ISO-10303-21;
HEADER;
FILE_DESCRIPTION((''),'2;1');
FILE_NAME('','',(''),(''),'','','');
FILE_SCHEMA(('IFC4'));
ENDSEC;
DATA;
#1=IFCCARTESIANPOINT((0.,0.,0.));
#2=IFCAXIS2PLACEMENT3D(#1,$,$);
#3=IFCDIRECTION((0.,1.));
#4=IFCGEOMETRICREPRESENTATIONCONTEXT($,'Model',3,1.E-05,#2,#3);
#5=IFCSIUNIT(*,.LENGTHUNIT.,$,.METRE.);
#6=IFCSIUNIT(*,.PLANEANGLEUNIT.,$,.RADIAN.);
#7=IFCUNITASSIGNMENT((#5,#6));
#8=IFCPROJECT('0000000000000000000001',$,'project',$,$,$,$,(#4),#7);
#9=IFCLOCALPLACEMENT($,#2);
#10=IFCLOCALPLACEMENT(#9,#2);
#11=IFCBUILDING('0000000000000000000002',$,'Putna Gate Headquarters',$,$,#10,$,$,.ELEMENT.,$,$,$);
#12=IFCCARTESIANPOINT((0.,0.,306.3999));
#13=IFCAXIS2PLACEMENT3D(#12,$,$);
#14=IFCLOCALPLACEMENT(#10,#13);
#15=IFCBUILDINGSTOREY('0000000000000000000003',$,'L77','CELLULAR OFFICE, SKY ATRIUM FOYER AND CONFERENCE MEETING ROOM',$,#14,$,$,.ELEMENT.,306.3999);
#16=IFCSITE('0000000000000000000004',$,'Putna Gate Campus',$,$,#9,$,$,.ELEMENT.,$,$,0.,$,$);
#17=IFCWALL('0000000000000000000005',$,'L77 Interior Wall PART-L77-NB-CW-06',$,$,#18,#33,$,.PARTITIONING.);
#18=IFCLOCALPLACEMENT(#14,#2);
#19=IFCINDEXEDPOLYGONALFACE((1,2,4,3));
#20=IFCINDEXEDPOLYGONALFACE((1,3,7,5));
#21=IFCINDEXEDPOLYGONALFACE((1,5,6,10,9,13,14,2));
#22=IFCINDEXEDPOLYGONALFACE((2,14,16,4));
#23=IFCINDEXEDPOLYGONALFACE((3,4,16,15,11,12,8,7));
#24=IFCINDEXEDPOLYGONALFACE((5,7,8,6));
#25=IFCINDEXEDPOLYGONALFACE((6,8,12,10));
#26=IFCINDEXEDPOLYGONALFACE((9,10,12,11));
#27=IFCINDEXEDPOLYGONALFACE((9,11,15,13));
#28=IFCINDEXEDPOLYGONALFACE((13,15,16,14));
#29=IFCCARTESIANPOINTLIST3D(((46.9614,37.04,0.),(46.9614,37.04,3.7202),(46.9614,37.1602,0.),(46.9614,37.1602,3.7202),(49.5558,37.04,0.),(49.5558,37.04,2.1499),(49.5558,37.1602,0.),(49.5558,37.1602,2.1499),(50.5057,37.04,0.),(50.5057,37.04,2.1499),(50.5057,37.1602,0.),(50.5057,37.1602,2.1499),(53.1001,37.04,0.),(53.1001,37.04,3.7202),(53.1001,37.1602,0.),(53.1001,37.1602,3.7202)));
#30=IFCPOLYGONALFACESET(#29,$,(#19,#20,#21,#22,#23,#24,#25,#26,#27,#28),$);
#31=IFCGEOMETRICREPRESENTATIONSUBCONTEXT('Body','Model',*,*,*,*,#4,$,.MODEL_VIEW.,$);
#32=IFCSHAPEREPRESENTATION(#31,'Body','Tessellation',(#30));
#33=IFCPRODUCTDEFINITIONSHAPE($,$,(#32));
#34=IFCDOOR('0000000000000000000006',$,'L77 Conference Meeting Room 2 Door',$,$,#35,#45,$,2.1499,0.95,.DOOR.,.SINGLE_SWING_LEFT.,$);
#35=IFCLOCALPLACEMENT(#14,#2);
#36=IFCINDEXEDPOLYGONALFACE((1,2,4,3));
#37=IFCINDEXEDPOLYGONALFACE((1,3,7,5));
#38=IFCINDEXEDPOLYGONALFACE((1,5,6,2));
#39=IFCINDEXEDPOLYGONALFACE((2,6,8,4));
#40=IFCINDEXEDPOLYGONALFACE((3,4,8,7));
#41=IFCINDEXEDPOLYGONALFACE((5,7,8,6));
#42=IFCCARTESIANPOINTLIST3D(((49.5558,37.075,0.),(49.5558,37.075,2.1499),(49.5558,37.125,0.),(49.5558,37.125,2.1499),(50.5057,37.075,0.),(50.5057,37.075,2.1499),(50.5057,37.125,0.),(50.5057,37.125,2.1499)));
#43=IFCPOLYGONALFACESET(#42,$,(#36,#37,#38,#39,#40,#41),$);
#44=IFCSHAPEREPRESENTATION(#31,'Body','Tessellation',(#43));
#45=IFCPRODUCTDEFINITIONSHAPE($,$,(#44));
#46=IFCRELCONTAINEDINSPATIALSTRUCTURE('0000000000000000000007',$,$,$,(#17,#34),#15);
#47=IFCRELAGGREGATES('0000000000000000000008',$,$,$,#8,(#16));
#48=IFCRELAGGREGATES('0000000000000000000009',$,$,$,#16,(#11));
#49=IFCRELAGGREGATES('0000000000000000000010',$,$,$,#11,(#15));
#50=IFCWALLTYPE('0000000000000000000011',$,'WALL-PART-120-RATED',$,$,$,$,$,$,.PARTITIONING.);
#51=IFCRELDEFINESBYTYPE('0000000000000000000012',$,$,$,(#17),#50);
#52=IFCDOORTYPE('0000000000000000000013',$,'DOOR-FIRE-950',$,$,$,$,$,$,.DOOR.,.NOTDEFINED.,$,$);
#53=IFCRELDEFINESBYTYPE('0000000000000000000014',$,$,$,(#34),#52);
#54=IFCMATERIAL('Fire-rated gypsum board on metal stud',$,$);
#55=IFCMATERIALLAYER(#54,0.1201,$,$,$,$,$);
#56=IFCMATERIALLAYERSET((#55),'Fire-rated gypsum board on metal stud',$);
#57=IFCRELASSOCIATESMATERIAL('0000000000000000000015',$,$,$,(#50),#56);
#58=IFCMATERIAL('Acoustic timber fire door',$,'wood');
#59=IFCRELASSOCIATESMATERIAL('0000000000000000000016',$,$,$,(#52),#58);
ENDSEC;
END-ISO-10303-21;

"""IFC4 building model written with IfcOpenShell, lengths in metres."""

from ifc_helpers import new_model, si_unit, direction, frame, frame_2d, origin, place, context, subcontext, project, spatial, rectangle, extrude, material, layer, layer_set, type_object, element, fill, save


model = new_model("IFC4")

# Units and contexts
model_context = context("Model", 3, precision=1e-05, world=origin(), true_north=direction((0.0, 1.0)))
body_context = subcontext(model_context, "Body", "Model", "MODEL_VIEW")
ifc_project = project(units=[si_unit("LENGTHUNIT", "METRE"), si_unit("PLANEANGLEUNIT", "RADIAN")], contexts=[model_context])

# Site, building, storey
site_placement = place(None, origin())
site = spatial("IfcSite", under=ifc_project, at=site_placement, Name="Putna Gate Campus", CompositionType="ELEMENT", RefElevation=0.0)
building_placement = place(site_placement, origin())
building = spatial("IfcBuilding", under=site, at=building_placement, Name="Putna Gate Headquarters", CompositionType="ELEMENT")
storey_placement = place(building_placement, frame((0.0, 0.0, 306.3999)))
storey = spatial("IfcBuildingStorey", under=building, at=storey_placement, Name="L77", Description="CELLULAR OFFICE, SKY ATRIUM FOYER AND CONFERENCE MEETING ROOM", CompositionType="ELEMENT", Elevation=306.3999)

# Wall, opening, door
ifc_material_1 = material(Name="Fire-rated gypsum board on metal stud")
ifc_layer_1 = layer(ifc_material_1, 0.1201)
ifc_layer_set_1 = layer_set([ifc_layer_1], Name="Fire-rated gypsum board on metal stud")
wall_type_1 = type_object("IfcWallType", Name="WALL-PART-120-RATED", PredefinedType="PARTITIONING", material=ifc_layer_set_1)
ifc_material_2 = material(Name="Acoustic timber fire door", Category="wood")
door_type_1 = type_object("IfcDoorType", Name="DOOR-FIRE-950", OperationType="NOTDEFINED", PredefinedType="DOOR", material=ifc_material_2)
wall_1_placement = place(storey_placement, frame((46.9614, 37.1001, 0.0), z_axis=(0.0, 0.0, 1.0), x_axis=(1.0, 0.0, 0.0)))
wall_1 = element("IfcWall", 1, at=wall_1_placement, inside=storey, type_object=wall_type_1, Name="L77 Interior Wall PART-L77-NB-CW-06", PredefinedType="PARTITIONING", context=body_context, shape_type="SweptSolid", body=[
    extrude(rectangle(XDim=6.1387, YDim=0.1201, at=frame_2d((3.0693, 0.0))), origin(), (0.0, 0.0, 1.0), 3.7202),
])
opening_1_placement = place(wall_1_placement, frame((2.5942, 0.0, 0.0)))
opening_1 = element("IfcOpeningElement", 2, at=opening_1_placement, cuts=wall_1, PredefinedType="OPENING", context=body_context, shape_type="SweptSolid", body=[
    extrude(rectangle(XDim=0.95, YDim=2.1499, at=frame_2d((0.4751, 1.075))), frame((0.0, 0.0701, 0.0), z_axis=(0.0, -1.0, 0.0), x_axis=(1.0, 0.0, 0.0)), (0.0, 0.0, 1.0), 0.1401),
])
door_1_placement = place(opening_1_placement, origin())
door_1 = element("IfcDoor", 3, at=door_1_placement, inside=storey, type_object=door_type_1, Name="L77 Conference Meeting Room 2 Door", OperationType="SINGLE_SWING_LEFT", OverallHeight=2.1499, OverallWidth=0.95, PredefinedType="DOOR", context=body_context, shape_type="SweptSolid", body=[
    extrude(rectangle(XDim=0.95, YDim=2.1499, at=frame_2d((0.4751, 1.075))), frame((0.0, 0.0249, 0.0), z_axis=(0.0, -1.0, 0.0), x_axis=(1.0, 0.0, 0.0)), (0.0, 0.0, 1.0), 0.05),
])
fill(opening_1, door_1)

save(model, "model.ifc")
